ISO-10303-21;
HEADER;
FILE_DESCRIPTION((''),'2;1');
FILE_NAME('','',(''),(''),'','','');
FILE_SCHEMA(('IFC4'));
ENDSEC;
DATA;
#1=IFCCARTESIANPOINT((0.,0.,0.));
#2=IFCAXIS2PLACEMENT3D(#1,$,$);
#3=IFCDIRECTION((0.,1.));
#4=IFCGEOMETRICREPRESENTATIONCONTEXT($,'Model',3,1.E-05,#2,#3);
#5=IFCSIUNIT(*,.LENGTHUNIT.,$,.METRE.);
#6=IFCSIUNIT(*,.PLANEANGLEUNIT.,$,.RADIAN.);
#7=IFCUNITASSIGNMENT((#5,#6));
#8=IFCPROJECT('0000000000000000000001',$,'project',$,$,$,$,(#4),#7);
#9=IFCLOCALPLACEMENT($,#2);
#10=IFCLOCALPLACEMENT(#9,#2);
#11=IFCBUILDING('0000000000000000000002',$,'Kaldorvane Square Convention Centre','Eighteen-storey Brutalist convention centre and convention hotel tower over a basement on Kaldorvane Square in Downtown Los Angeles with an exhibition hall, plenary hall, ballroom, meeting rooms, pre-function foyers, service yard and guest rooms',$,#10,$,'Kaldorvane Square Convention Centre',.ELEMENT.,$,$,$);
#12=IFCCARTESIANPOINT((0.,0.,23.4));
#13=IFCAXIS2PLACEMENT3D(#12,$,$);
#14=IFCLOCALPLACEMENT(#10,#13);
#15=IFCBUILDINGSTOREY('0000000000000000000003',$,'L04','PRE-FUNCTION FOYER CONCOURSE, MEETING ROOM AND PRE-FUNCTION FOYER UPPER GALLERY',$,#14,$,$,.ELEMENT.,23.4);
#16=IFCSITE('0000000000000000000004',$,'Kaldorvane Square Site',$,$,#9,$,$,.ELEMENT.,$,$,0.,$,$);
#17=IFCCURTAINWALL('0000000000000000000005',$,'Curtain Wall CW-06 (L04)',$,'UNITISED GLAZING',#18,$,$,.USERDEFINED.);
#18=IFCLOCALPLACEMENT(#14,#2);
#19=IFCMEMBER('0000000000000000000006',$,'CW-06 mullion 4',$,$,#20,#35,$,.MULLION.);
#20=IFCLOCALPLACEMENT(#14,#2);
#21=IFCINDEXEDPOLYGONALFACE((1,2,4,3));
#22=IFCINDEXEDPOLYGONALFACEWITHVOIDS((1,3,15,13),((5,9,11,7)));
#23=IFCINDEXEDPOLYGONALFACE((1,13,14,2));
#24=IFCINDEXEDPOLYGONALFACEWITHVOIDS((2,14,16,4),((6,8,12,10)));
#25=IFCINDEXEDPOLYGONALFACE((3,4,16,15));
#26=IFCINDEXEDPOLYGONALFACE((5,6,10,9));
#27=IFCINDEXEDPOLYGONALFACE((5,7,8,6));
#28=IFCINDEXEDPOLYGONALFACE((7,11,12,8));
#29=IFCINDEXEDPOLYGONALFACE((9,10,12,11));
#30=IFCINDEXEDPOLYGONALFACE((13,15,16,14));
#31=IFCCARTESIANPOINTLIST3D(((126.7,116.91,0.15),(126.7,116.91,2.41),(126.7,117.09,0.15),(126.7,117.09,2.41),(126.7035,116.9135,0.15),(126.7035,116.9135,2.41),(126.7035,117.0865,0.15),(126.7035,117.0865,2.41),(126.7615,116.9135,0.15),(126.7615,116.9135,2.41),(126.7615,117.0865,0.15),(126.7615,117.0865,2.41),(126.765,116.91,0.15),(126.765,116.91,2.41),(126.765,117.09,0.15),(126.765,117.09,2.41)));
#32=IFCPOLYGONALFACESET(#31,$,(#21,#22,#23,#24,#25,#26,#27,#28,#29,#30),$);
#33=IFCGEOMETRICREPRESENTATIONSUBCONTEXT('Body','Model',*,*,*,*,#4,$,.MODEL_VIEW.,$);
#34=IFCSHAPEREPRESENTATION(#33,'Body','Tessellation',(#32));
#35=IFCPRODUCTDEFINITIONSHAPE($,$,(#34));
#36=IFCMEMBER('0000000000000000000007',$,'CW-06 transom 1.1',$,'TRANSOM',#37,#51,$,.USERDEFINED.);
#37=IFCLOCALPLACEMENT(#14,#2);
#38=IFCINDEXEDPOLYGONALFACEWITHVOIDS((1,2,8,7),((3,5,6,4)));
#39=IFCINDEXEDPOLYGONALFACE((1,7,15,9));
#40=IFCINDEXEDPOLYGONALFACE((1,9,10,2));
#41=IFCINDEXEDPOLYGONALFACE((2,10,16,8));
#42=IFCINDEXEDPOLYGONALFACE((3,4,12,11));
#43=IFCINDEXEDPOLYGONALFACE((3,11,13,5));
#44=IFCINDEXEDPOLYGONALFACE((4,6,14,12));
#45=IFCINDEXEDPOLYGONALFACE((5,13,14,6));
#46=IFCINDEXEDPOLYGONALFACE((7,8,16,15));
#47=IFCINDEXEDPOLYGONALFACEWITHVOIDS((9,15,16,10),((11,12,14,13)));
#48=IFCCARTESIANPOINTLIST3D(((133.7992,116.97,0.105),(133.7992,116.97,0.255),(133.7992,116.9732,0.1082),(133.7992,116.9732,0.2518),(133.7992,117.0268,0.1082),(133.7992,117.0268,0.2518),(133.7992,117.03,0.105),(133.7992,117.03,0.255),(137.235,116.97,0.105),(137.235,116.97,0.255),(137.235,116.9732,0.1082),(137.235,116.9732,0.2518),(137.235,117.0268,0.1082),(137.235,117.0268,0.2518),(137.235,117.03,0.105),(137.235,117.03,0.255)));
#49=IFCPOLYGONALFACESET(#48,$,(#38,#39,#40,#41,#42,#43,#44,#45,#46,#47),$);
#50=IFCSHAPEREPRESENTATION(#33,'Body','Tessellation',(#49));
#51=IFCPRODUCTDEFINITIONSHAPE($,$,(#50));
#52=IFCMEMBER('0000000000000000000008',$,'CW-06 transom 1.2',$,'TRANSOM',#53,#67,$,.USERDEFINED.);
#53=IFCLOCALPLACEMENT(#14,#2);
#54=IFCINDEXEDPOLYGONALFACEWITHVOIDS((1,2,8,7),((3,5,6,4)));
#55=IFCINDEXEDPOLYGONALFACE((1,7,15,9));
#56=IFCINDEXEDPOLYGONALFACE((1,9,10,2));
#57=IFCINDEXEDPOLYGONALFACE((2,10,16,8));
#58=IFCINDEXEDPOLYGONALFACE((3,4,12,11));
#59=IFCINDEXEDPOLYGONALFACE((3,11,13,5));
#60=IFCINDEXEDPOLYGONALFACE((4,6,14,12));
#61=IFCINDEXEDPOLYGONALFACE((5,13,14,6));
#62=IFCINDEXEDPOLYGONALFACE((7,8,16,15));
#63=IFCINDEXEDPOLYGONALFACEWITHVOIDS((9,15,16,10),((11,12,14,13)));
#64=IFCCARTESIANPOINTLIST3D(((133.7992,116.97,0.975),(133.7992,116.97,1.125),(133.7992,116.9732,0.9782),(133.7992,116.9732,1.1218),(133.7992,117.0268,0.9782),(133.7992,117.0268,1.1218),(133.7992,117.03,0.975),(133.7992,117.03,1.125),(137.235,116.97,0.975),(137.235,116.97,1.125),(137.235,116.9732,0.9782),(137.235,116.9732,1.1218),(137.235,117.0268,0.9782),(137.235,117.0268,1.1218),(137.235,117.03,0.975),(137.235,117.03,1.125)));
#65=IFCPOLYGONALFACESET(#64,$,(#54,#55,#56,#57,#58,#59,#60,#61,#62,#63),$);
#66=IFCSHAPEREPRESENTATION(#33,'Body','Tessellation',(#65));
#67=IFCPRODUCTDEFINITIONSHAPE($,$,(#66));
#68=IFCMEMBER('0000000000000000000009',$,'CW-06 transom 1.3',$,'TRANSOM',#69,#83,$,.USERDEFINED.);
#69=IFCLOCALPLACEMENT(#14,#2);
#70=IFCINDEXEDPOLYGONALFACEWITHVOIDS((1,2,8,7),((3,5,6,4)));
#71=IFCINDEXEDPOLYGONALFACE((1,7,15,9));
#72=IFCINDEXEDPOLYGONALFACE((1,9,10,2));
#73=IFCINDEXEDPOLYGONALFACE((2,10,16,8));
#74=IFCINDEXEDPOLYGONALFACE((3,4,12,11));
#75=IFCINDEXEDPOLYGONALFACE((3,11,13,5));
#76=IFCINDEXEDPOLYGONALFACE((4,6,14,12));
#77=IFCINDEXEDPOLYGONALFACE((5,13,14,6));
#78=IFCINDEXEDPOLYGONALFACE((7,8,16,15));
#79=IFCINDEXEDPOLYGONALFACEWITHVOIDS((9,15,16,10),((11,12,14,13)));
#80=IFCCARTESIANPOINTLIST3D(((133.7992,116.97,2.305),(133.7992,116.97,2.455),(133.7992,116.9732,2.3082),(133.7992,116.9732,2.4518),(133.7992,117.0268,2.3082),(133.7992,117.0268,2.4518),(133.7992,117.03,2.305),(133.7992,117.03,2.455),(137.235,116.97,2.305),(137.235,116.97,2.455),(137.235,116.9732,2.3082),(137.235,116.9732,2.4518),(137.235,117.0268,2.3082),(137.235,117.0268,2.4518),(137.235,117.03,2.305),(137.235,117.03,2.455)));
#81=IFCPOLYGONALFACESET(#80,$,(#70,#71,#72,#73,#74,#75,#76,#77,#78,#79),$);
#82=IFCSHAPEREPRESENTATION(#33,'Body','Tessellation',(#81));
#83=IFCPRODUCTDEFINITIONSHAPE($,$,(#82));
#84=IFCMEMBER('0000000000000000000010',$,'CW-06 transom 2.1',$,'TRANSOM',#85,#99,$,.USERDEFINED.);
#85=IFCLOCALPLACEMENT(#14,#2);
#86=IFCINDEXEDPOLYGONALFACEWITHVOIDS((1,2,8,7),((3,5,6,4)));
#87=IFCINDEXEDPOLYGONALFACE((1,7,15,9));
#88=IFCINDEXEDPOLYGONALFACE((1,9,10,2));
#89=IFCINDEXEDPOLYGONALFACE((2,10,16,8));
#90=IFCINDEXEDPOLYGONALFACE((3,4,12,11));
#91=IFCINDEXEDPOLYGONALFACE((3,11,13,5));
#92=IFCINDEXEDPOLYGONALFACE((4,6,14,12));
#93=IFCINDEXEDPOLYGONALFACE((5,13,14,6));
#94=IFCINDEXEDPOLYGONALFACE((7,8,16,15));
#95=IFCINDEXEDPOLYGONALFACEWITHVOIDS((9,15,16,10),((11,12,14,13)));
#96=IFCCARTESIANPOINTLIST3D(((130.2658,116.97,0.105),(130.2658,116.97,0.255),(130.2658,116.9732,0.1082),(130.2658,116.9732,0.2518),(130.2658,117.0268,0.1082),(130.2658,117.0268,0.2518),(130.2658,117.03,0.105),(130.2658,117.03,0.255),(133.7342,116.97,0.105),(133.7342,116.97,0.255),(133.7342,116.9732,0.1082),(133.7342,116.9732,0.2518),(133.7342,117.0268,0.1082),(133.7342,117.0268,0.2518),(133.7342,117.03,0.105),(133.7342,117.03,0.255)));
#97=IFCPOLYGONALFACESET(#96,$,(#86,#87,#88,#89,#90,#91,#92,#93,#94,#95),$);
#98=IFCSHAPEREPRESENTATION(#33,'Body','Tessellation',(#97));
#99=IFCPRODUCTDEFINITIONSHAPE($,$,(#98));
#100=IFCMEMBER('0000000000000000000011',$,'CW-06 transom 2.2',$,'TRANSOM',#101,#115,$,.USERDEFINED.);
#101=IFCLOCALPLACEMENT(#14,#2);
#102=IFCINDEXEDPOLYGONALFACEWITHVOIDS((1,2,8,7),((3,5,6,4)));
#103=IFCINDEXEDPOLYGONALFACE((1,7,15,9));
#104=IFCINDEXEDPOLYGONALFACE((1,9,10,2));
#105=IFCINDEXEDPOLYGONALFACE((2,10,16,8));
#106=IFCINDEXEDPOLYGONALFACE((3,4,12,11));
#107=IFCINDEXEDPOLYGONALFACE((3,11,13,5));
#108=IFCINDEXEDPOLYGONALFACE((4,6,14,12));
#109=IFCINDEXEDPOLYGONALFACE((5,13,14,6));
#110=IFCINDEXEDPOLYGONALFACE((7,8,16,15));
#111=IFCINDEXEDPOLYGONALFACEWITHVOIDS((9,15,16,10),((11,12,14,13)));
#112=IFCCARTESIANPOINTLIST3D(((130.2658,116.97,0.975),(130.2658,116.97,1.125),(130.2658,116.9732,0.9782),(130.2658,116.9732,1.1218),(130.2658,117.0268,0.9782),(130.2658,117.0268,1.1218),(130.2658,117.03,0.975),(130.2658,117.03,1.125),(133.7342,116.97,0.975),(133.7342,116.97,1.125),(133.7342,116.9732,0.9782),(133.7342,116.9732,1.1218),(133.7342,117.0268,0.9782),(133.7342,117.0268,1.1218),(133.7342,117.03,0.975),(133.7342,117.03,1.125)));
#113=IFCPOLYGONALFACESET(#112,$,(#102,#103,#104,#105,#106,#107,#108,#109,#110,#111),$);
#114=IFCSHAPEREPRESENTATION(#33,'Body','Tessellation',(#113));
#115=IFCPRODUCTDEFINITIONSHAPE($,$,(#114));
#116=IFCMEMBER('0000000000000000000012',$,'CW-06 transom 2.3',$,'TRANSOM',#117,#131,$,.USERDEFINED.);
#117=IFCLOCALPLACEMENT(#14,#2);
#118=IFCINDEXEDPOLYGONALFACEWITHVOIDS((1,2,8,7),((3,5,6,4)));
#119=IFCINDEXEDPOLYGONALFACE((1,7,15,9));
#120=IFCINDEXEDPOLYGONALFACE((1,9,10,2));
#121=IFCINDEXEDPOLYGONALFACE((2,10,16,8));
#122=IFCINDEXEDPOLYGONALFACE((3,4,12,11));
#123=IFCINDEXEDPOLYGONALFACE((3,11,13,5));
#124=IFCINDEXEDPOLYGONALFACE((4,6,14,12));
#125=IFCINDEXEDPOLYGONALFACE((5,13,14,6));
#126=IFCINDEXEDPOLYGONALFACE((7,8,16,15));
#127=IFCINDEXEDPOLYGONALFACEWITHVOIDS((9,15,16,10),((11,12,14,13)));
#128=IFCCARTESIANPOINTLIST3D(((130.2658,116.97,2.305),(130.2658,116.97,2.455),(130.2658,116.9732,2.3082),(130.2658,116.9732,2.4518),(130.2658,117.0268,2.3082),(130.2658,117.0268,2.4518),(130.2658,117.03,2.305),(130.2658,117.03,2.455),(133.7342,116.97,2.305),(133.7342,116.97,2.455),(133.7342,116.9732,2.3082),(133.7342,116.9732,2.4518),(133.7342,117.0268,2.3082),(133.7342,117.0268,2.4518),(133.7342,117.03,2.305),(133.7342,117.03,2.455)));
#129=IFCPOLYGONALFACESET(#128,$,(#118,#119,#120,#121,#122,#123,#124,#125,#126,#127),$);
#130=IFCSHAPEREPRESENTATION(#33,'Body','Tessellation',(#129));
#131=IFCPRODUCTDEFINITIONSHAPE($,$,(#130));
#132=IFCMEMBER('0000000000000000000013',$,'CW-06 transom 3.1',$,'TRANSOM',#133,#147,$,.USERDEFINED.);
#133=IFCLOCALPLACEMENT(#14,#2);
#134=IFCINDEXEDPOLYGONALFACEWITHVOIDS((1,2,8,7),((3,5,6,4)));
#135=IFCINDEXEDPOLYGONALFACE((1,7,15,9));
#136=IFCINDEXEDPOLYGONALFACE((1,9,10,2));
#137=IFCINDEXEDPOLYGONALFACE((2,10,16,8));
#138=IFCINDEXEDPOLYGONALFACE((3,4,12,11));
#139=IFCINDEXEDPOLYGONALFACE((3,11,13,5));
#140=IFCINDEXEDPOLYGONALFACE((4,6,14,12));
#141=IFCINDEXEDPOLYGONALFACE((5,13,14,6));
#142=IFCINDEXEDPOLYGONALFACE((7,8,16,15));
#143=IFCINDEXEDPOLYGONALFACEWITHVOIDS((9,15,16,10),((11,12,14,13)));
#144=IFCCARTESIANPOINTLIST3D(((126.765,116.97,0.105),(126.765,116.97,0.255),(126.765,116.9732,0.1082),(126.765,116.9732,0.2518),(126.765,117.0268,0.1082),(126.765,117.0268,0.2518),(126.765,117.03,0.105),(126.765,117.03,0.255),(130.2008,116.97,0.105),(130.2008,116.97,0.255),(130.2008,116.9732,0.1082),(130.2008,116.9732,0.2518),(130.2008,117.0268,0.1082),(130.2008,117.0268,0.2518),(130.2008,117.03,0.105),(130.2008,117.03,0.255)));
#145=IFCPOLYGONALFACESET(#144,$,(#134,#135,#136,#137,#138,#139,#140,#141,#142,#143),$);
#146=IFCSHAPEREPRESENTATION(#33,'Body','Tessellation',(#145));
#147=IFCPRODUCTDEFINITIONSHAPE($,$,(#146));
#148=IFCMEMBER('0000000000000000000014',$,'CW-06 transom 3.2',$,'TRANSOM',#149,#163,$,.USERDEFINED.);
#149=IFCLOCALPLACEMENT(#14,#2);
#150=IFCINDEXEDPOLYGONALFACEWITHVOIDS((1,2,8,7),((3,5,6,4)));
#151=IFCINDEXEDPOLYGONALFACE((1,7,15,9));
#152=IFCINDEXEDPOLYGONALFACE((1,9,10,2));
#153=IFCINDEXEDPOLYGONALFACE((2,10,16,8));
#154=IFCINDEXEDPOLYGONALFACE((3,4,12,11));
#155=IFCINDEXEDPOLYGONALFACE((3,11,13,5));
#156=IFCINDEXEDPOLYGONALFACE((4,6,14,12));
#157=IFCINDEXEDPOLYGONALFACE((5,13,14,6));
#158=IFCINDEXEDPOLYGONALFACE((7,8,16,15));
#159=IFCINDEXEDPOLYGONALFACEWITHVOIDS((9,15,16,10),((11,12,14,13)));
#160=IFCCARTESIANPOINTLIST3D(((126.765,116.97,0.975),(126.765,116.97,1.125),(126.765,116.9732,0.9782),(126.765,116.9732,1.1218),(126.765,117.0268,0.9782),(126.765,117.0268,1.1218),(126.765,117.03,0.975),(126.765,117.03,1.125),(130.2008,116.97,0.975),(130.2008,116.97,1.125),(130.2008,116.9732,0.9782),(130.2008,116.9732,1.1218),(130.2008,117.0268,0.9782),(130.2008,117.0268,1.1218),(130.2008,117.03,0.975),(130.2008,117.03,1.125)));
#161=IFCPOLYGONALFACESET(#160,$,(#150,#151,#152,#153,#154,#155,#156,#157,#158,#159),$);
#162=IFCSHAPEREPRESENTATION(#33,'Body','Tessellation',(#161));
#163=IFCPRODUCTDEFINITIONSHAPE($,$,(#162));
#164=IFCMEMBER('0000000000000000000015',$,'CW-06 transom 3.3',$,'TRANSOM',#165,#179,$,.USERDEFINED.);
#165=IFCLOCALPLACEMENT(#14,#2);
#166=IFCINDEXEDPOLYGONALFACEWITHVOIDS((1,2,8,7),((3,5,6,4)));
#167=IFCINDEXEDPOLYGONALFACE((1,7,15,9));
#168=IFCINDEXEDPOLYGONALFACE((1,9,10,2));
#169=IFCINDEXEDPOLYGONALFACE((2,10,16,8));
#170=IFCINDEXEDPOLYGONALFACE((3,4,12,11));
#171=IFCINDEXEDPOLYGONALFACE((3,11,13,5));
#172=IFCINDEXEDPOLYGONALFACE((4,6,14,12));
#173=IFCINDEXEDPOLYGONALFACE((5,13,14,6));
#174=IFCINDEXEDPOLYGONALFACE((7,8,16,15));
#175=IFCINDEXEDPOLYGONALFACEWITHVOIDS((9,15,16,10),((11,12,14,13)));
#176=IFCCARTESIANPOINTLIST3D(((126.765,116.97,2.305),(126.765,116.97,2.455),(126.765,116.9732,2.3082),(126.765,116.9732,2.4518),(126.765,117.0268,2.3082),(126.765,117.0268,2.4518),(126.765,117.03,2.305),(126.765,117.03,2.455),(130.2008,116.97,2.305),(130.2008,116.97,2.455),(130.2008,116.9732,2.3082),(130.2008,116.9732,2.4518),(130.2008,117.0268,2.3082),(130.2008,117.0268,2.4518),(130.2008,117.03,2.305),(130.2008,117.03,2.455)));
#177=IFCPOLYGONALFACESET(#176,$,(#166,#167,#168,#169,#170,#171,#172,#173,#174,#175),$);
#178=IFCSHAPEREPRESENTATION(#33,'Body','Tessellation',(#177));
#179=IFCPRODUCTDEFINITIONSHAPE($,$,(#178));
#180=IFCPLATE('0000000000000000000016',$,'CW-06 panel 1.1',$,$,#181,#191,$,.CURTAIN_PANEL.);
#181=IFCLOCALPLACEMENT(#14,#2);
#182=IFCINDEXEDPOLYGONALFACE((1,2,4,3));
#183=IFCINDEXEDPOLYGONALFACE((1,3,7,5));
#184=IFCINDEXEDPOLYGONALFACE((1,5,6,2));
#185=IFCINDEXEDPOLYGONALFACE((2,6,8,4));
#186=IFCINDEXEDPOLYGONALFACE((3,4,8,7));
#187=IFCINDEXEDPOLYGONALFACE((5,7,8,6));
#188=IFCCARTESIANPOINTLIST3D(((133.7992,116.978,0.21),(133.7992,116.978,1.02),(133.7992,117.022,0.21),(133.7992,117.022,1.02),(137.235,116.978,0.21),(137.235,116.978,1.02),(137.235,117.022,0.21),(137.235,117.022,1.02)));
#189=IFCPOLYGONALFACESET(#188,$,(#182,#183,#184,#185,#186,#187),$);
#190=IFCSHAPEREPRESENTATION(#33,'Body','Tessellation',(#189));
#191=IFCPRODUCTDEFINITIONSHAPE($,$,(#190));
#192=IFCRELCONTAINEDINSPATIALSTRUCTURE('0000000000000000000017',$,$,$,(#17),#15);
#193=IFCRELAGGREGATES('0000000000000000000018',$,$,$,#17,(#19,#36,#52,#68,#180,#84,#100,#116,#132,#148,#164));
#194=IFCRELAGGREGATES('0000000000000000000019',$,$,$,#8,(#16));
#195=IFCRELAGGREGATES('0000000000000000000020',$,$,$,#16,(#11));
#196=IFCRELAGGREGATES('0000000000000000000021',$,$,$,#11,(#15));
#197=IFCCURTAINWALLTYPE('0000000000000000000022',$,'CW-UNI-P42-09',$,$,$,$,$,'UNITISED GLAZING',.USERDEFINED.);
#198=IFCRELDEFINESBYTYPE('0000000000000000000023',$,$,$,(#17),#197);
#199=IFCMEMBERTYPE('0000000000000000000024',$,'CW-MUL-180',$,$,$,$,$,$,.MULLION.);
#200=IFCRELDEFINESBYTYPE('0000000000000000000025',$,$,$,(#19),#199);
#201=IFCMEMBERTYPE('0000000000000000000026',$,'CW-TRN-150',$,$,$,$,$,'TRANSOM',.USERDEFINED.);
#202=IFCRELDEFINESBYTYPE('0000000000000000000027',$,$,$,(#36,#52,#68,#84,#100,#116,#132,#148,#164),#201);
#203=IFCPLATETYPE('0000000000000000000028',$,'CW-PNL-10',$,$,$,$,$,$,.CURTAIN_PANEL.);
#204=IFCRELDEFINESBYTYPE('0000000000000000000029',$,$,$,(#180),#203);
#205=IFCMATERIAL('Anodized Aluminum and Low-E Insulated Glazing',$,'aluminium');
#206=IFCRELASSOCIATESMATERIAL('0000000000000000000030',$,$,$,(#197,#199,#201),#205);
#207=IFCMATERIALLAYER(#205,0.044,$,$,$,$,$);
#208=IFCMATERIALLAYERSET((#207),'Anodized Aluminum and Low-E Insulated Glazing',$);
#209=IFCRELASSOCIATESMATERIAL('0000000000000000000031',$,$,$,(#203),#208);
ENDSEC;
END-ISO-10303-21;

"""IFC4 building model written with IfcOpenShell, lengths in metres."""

from ifc_helpers import new_model, si_unit, direction, frame, origin, origin_2d, place, context, subcontext, project, spatial, rectangle, hollow_rectangle, extrude, material, layer, layer_set, material_profile, profile_set, type_object, element, aggregate, save


model = new_model("IFC4")

# Units and contexts
model_context = context("Model", 3, precision=1e-05, world=origin(), true_north=direction((0.0, 1.0)))
body_context = subcontext(model_context, "Body", "Model", "MODEL_VIEW")
ifc_project = project(units=[si_unit("LENGTHUNIT", "METRE"), si_unit("PLANEANGLEUNIT", "RADIAN")], contexts=[model_context])

# Site, building, storey
site_placement = place(None, origin())
site = spatial("IfcSite", under=ifc_project, at=site_placement, Name="Kaldorvane Square Site", CompositionType="ELEMENT", RefElevation=0.0)
building_placement = place(site_placement, origin())
building = spatial("IfcBuilding", under=site, at=building_placement, Name="Kaldorvane Square Convention Centre", Description="Eighteen-storey Brutalist convention centre and convention hotel tower over a basement on Kaldorvane Square in Downtown Los Angeles with an exhibition hall, plenary hall, ballroom, meeting rooms, pre-function foyers, service yard and guest rooms", LongName="Kaldorvane Square Convention Centre", CompositionType="ELEMENT")
storey_placement = place(building_placement, frame((0.0, 0.0, 23.4)))
storey = spatial("IfcBuildingStorey", under=building, at=storey_placement, Name="L04", Description="PRE-FUNCTION FOYER CONCOURSE, MEETING ROOM AND PRE-FUNCTION FOYER UPPER GALLERY", CompositionType="ELEMENT", Elevation=23.4)

# Curtain wall, members, plate
ifc_material_1 = material(Name="Anodized Aluminum and Low-E Insulated Glazing", Category="aluminium")
curtain_wall_type = type_object("IfcCurtainWallType", Name="CW-UNI-P42-09", ElementType="UNITISED GLAZING", PredefinedType="USERDEFINED", material=ifc_material_1)
curtain_wall_placement = place(storey_placement, origin())
curtain_wall = element("IfcCurtainWall", 1, at=curtain_wall_placement, inside=storey, type_object=curtain_wall_type, Name="Curtain Wall CW-06 (L04)", ObjectType="UNITISED GLAZING", PredefinedType="USERDEFINED")
ifc_material_profile_1 = material_profile(ifc_material_1, hollow_rectangle(XDim=0.065, YDim=0.18, WallThickness=0.0035, at=origin_2d()), Name="CWM-180X65")
ifc_profile_set_1 = profile_set([ifc_material_profile_1], Name="Anodized Aluminum and Low-E Insulated Glazing")
member_type_1 = type_object("IfcMemberType", Name="CW-MUL-180", PredefinedType="MULLION", material=ifc_profile_set_1)
member_1_placement = place(storey_placement, frame((126.7325, 117.0, 0.15), z_axis=(0.0, 0.0, 1.0), x_axis=(-1.0, 0.0, 0.0)))
member_1 = element("IfcMember", 2, at=member_1_placement, type_object=member_type_1, Name="CW-06 mullion 4", PredefinedType="MULLION", context=body_context, shape_type="SweptSolid", body=[
    extrude(hollow_rectangle(XDim=0.065, YDim=0.18, WallThickness=0.0035, at=origin_2d()), origin(), (0.0, 0.0, 1.0), 2.26),
])
ifc_material_profile_2 = material_profile(ifc_material_1, hollow_rectangle(XDim=0.06, YDim=0.15, WallThickness=0.0032, at=origin_2d()), Name="CWT-150X60")
ifc_profile_set_2 = profile_set([ifc_material_profile_2], Name="Anodized Aluminum and Low-E Insulated Glazing")
member_type_2 = type_object("IfcMemberType", Name="CW-TRN-150", ElementType="TRANSOM", PredefinedType="USERDEFINED", material=ifc_profile_set_2)
member_2_placement = place(storey_placement, frame((137.235, 117.0, 0.18), z_axis=(-1.0, 0.0, 0.0), x_axis=(0.0, -1.0, 0.0)))
member_2 = element("IfcMember", 3, at=member_2_placement, type_object=member_type_2, Name="CW-06 transom 1.1", ObjectType="TRANSOM", PredefinedType="USERDEFINED", context=body_context, shape_type="SweptSolid", body=[
    extrude(hollow_rectangle(XDim=0.06, YDim=0.15, WallThickness=0.0032, at=origin_2d()), origin(), (0.0, 0.0, 1.0), 3.4358),
])
member_3_placement = place(storey_placement, frame((137.235, 117.0, 1.05), z_axis=(-1.0, 0.0, 0.0), x_axis=(0.0, -1.0, 0.0)))
member_3 = element("IfcMember", 4, at=member_3_placement, type_object=member_type_2, Name="CW-06 transom 1.2", ObjectType="TRANSOM", PredefinedType="USERDEFINED", context=body_context, shape_type="SweptSolid", body=[
    extrude(hollow_rectangle(XDim=0.06, YDim=0.15, WallThickness=0.0032, at=origin_2d()), origin(), (0.0, 0.0, 1.0), 3.4358),
])
member_4_placement = place(storey_placement, frame((137.235, 117.0, 2.38), z_axis=(-1.0, 0.0, 0.0), x_axis=(0.0, -1.0, 0.0)))
member_4 = element("IfcMember", 5, at=member_4_placement, type_object=member_type_2, Name="CW-06 transom 1.3", ObjectType="TRANSOM", PredefinedType="USERDEFINED", context=body_context, shape_type="SweptSolid", body=[
    extrude(hollow_rectangle(XDim=0.06, YDim=0.15, WallThickness=0.0032, at=origin_2d()), origin(), (0.0, 0.0, 1.0), 3.4358),
])
member_5_placement = place(storey_placement, frame((133.7342, 117.0, 0.18), z_axis=(-1.0, 0.0, 0.0), x_axis=(0.0, -1.0, 0.0)))
member_5 = element("IfcMember", 6, at=member_5_placement, type_object=member_type_2, Name="CW-06 transom 2.1", ObjectType="TRANSOM", PredefinedType="USERDEFINED", context=body_context, shape_type="SweptSolid", body=[
    extrude(hollow_rectangle(XDim=0.06, YDim=0.15, WallThickness=0.0032, at=origin_2d()), origin(), (0.0, 0.0, 1.0), 3.4683),
])
member_6_placement = place(storey_placement, frame((133.7342, 117.0, 1.05), z_axis=(-1.0, 0.0, 0.0), x_axis=(0.0, -1.0, 0.0)))
member_6 = element("IfcMember", 7, at=member_6_placement, type_object=member_type_2, Name="CW-06 transom 2.2", ObjectType="TRANSOM", PredefinedType="USERDEFINED", context=body_context, shape_type="SweptSolid", body=[
    extrude(hollow_rectangle(XDim=0.06, YDim=0.15, WallThickness=0.0032, at=origin_2d()), origin(), (0.0, 0.0, 1.0), 3.4683),
])
member_7_placement = place(storey_placement, frame((133.7342, 117.0, 2.38), z_axis=(-1.0, 0.0, 0.0), x_axis=(0.0, -1.0, 0.0)))
member_7 = element("IfcMember", 8, at=member_7_placement, type_object=member_type_2, Name="CW-06 transom 2.3", ObjectType="TRANSOM", PredefinedType="USERDEFINED", context=body_context, shape_type="SweptSolid", body=[
    extrude(hollow_rectangle(XDim=0.06, YDim=0.15, WallThickness=0.0032, at=origin_2d()), origin(), (0.0, 0.0, 1.0), 3.4683),
])
member_8_placement = place(storey_placement, frame((130.2008, 117.0, 0.18), z_axis=(-1.0, 0.0, 0.0), x_axis=(0.0, -1.0, 0.0)))
member_8 = element("IfcMember", 9, at=member_8_placement, type_object=member_type_2, Name="CW-06 transom 3.1", ObjectType="TRANSOM", PredefinedType="USERDEFINED", context=body_context, shape_type="SweptSolid", body=[
    extrude(hollow_rectangle(XDim=0.06, YDim=0.15, WallThickness=0.0032, at=origin_2d()), origin(), (0.0, 0.0, 1.0), 3.4358),
])
member_9_placement = place(storey_placement, frame((130.2008, 117.0, 1.05), z_axis=(-1.0, 0.0, 0.0), x_axis=(0.0, -1.0, 0.0)))
member_9 = element("IfcMember", 10, at=member_9_placement, type_object=member_type_2, Name="CW-06 transom 3.2", ObjectType="TRANSOM", PredefinedType="USERDEFINED", context=body_context, shape_type="SweptSolid", body=[
    extrude(hollow_rectangle(XDim=0.06, YDim=0.15, WallThickness=0.0032, at=origin_2d()), origin(), (0.0, 0.0, 1.0), 3.4358),
])
member_10_placement = place(storey_placement, frame((130.2008, 117.0, 2.38), z_axis=(-1.0, 0.0, 0.0), x_axis=(0.0, -1.0, 0.0)))
member_10 = element("IfcMember", 11, at=member_10_placement, type_object=member_type_2, Name="CW-06 transom 3.3", ObjectType="TRANSOM", PredefinedType="USERDEFINED", context=body_context, shape_type="SweptSolid", body=[
    extrude(hollow_rectangle(XDim=0.06, YDim=0.15, WallThickness=0.0032, at=origin_2d()), origin(), (0.0, 0.0, 1.0), 3.4358),
])
ifc_layer_1 = layer(ifc_material_1, 0.044)
ifc_layer_set_1 = layer_set([ifc_layer_1], Name="Anodized Aluminum and Low-E Insulated Glazing")
plate_type = type_object("IfcPlateType", Name="CW-PNL-10", PredefinedType="CURTAIN_PANEL", material=ifc_layer_set_1)
plate_1_placement = place(storey_placement, frame((135.5171, 117.0, 0.21), z_axis=(0.0, 0.0, 1.0), x_axis=(-1.0, 0.0, 0.0)))
plate_1 = element("IfcPlate", 12, at=plate_1_placement, type_object=plate_type, Name="CW-06 panel 1.1", PredefinedType="CURTAIN_PANEL", context=body_context, shape_type="SweptSolid", body=[
    extrude(rectangle(XDim=3.4358, YDim=0.044, at=origin_2d()), origin(), (0.0, 0.0, 1.0), 0.81),
])
aggregate(curtain_wall, [member_1, member_2, member_3, member_4, plate_1, member_5, member_6, member_7, member_8, member_9, member_10])

save(model, "model.ifc")
